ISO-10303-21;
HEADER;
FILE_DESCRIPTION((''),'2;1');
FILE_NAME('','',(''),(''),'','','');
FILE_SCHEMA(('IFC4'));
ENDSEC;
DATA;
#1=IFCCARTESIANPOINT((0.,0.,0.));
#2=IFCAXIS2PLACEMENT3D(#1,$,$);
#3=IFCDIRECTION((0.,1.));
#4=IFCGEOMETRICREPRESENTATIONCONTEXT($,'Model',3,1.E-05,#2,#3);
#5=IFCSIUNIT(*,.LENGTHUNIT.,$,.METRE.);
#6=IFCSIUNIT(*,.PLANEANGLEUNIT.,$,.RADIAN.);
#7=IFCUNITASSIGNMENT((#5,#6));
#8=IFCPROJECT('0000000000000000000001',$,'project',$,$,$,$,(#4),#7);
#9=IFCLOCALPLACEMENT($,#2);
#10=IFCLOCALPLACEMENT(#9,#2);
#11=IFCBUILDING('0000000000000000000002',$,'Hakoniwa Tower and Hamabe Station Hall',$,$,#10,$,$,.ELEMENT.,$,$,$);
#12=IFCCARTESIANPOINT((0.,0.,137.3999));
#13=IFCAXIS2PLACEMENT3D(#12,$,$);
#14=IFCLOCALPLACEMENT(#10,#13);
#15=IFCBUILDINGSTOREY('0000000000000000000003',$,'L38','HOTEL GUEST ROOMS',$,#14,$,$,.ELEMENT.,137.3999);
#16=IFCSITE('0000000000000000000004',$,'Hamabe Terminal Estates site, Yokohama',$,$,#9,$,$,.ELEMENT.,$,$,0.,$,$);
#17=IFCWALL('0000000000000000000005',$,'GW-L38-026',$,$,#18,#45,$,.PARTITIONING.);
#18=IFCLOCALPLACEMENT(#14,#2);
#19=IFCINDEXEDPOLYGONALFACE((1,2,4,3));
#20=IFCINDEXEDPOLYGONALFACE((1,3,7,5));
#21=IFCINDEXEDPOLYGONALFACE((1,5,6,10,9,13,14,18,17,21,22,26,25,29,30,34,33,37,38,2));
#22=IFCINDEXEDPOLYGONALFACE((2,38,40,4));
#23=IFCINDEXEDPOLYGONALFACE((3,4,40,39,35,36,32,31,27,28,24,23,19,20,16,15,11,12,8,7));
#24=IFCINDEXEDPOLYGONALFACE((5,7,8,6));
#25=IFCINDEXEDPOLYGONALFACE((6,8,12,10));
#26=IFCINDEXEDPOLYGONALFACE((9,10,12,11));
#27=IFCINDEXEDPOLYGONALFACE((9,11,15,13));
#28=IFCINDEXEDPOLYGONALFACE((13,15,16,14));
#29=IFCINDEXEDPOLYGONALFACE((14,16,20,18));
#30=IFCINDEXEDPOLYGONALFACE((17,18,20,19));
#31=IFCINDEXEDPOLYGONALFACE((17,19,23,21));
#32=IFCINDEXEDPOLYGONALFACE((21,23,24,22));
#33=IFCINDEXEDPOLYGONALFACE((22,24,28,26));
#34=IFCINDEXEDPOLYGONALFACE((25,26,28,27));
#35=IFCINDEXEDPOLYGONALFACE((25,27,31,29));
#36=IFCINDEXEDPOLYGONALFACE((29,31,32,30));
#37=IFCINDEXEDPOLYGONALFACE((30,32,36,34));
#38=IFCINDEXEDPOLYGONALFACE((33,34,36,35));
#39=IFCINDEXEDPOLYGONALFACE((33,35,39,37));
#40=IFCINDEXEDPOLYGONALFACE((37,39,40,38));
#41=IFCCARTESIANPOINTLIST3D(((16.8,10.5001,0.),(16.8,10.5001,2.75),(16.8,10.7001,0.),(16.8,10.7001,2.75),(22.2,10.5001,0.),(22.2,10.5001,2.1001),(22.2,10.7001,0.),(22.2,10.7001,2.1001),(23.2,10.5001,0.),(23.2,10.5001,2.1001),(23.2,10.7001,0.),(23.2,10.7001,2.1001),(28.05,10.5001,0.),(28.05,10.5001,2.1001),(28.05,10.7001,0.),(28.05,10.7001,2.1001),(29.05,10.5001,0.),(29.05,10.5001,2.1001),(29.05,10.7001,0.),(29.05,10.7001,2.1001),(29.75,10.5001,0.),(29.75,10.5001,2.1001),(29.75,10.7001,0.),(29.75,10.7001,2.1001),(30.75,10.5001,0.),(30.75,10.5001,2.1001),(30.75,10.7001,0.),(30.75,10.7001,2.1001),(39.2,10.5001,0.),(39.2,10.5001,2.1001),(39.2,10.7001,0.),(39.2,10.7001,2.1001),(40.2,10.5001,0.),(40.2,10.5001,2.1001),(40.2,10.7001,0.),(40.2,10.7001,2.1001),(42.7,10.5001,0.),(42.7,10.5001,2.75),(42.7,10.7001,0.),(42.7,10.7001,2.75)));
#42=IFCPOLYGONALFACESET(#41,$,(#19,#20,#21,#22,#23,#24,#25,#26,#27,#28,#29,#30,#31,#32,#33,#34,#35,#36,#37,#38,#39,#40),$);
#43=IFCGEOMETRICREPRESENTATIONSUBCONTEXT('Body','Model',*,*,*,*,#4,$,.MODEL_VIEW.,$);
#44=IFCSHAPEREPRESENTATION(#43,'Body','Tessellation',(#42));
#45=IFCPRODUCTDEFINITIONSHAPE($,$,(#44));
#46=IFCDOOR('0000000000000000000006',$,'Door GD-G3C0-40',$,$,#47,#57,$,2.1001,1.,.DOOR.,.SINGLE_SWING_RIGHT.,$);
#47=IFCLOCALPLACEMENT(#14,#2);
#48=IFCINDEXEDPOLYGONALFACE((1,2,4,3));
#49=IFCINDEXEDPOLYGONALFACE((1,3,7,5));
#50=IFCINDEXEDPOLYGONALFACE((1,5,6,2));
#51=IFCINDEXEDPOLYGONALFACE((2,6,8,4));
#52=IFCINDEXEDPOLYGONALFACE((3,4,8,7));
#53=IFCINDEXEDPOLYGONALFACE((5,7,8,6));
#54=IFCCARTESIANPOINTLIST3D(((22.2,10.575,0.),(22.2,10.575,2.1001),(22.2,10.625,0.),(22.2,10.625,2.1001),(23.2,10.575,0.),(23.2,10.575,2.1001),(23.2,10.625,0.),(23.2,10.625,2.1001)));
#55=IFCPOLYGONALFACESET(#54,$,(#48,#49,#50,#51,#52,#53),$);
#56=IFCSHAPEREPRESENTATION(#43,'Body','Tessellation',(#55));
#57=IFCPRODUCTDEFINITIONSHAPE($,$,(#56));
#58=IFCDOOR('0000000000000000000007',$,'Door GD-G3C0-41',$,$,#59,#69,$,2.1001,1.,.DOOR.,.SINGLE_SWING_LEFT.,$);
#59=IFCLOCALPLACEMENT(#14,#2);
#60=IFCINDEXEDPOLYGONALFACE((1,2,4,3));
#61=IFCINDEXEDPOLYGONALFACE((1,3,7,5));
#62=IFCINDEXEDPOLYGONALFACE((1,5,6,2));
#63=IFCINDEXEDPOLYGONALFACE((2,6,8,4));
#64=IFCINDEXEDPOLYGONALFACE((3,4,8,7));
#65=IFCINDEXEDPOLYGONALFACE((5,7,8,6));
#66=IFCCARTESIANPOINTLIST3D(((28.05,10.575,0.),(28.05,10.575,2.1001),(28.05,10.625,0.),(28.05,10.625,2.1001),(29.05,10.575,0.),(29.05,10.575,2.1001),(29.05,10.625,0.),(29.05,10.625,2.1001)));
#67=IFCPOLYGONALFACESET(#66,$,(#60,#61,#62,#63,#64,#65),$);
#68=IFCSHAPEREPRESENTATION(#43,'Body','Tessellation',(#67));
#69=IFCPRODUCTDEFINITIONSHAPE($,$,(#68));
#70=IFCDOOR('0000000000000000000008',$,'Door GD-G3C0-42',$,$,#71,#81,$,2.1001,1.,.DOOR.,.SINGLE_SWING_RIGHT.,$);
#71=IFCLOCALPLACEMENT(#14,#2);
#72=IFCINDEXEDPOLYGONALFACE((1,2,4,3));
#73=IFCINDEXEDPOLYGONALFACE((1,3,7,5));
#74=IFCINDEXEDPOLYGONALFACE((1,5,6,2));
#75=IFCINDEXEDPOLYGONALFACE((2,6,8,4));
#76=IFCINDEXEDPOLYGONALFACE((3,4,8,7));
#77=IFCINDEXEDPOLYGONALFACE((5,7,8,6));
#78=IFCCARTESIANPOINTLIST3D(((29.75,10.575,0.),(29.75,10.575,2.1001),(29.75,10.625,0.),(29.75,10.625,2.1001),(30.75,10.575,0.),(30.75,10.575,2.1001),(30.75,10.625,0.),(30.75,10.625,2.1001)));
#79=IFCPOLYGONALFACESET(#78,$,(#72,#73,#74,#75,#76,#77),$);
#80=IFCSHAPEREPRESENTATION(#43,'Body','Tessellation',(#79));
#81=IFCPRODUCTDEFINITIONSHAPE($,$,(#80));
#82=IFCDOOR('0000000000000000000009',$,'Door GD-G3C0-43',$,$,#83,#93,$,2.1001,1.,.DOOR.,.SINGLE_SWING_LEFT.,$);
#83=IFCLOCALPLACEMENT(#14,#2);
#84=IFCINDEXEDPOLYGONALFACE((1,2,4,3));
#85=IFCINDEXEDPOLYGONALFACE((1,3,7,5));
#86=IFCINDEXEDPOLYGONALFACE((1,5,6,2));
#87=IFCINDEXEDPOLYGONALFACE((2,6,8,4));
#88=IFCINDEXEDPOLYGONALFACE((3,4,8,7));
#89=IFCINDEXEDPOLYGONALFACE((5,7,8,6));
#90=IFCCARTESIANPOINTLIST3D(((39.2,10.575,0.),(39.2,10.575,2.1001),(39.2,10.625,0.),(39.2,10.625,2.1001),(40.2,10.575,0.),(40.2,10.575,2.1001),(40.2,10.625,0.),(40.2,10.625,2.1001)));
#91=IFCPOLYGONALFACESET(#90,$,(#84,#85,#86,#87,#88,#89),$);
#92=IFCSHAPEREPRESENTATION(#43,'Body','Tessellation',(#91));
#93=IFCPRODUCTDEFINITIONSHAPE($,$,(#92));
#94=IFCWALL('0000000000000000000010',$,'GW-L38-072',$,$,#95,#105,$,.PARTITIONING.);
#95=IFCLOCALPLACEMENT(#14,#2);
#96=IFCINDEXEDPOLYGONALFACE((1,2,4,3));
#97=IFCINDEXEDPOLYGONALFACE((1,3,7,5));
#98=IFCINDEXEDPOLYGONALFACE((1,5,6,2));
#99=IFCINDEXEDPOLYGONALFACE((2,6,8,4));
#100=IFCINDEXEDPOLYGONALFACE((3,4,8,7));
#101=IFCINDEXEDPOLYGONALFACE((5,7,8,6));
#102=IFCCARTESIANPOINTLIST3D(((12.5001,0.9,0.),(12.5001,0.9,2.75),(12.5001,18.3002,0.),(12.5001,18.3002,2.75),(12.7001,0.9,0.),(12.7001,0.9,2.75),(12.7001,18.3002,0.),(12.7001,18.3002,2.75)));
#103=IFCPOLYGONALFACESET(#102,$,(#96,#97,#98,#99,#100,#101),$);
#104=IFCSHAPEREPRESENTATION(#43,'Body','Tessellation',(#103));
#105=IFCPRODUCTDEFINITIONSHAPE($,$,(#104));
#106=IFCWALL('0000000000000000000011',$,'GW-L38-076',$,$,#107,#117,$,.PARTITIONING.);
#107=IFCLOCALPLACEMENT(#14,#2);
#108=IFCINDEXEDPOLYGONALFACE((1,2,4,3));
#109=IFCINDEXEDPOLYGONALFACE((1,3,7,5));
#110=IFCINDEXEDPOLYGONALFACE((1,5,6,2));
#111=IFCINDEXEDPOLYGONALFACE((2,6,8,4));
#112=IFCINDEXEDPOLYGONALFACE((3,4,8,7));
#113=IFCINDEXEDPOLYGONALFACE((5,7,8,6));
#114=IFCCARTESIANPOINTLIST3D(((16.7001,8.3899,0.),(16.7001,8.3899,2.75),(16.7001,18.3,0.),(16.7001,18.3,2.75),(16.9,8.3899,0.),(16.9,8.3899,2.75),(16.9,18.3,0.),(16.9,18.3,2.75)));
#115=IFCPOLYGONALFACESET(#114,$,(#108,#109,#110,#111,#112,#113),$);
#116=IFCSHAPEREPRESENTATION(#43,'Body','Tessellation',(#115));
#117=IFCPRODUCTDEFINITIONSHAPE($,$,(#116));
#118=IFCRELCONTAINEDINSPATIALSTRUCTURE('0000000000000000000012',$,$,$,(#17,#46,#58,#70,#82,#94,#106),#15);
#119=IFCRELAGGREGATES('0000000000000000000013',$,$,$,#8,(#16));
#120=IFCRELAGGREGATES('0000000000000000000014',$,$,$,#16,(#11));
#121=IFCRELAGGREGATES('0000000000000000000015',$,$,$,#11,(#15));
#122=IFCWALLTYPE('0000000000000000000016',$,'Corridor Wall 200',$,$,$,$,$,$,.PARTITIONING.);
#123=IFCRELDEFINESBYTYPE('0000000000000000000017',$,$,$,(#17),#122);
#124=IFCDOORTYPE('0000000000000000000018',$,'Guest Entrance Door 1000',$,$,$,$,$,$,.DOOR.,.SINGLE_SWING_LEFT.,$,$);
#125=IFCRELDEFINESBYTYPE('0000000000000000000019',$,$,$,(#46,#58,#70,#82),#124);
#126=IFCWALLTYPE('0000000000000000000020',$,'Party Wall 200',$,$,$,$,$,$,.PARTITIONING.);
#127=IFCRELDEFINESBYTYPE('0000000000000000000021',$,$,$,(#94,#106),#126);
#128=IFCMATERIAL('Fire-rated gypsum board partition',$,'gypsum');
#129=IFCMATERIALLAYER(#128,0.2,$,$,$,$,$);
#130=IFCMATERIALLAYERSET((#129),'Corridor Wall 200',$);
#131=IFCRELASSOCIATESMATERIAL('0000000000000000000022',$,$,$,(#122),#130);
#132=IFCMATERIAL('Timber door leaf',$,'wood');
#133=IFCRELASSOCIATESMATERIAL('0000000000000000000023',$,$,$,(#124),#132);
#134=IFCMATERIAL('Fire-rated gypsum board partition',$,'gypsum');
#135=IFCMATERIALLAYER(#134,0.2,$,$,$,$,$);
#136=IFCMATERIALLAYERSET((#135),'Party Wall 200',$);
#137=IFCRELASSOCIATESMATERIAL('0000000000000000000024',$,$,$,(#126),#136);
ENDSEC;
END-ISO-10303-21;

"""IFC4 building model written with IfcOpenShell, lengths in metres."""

from ifc_helpers import new_model, si_unit, direction, frame, frame_2d, origin, place, context, subcontext, project, spatial, rectangle, extrude, material, layer, layer_set, type_object, element, fill, save


model = new_model("IFC4")

# Units and contexts
model_context = context("Model", 3, precision=1e-05, world=origin(), true_north=direction((0.0, 1.0)))
body_context = subcontext(model_context, "Body", "Model", "MODEL_VIEW")
ifc_project = project(units=[si_unit("LENGTHUNIT", "METRE"), si_unit("PLANEANGLEUNIT", "RADIAN")], contexts=[model_context])

# Site, building, storey
site_placement = place(None, origin())
site = spatial("IfcSite", under=ifc_project, at=site_placement, Name="Hamabe Terminal Estates site, Yokohama", CompositionType="ELEMENT", RefElevation=0.0)
building_placement = place(site_placement, origin())
building = spatial("IfcBuilding", under=site, at=building_placement, Name="Hakoniwa Tower and Hamabe Station Hall", CompositionType="ELEMENT")
storey_placement = place(building_placement, frame((0.0, 0.0, 137.3999)))
storey = spatial("IfcBuildingStorey", under=building, at=storey_placement, Name="L38", Description="HOTEL GUEST ROOMS", CompositionType="ELEMENT", Elevation=137.3999)

# Wall, openings, doors
ifc_material_1 = material(Name="Fire-rated gypsum board partition", Category="gypsum")
ifc_layer_1 = layer(ifc_material_1, 0.2)
ifc_layer_set_1 = layer_set([ifc_layer_1], Name="Corridor Wall 200")
wall_type_1 = type_object("IfcWallType", Name="Corridor Wall 200", PredefinedType="PARTITIONING", material=ifc_layer_set_1)
wall_1_placement = place(storey_placement, frame((16.8, 10.6001, 0.0), z_axis=(0.0, 0.0, 1.0), x_axis=(1.0, 0.0, 0.0)))
wall_1 = element("IfcWall", 1, at=wall_1_placement, inside=storey, type_object=wall_type_1, Name="GW-L38-026", PredefinedType="PARTITIONING", context=body_context, shape_type="SweptSolid", body=[
    extrude(rectangle(XDim=25.8999, YDim=0.2, at=frame_2d((12.95, 0.0))), origin(), (0.0, 0.0, 1.0), 2.75),
])
opening_1_placement = place(wall_1_placement, frame((5.3999, 0.0, 0.0)))
opening_1 = element("IfcOpeningElement", 2, at=opening_1_placement, cuts=wall_1, PredefinedType="OPENING", context=body_context, shape_type="SweptSolid", body=[
    extrude(rectangle(XDim=1.0, YDim=2.1001, at=frame_2d((0.5, 1.05))), frame((0.0, 0.1099, 0.0), z_axis=(0.0, -1.0, 0.0), x_axis=(1.0, 0.0, 0.0)), (0.0, 0.0, 1.0), 0.22),
])
opening_2_placement = place(wall_1_placement, frame((11.25, 0.0, 0.0)))
opening_2 = element("IfcOpeningElement", 3, at=opening_2_placement, cuts=wall_1, PredefinedType="OPENING", context=body_context, shape_type="SweptSolid", body=[
    extrude(rectangle(XDim=1.0, YDim=2.1001, at=frame_2d((0.5, 1.05))), frame((0.0, 0.1099, 0.0), z_axis=(0.0, -1.0, 0.0), x_axis=(1.0, 0.0, 0.0)), (0.0, 0.0, 1.0), 0.22),
])
opening_3_placement = place(wall_1_placement, frame((12.95, 0.0, 0.0)))
opening_3 = element("IfcOpeningElement", 4, at=opening_3_placement, cuts=wall_1, PredefinedType="OPENING", context=body_context, shape_type="SweptSolid", body=[
    extrude(rectangle(XDim=1.0, YDim=2.1001, at=frame_2d((0.5, 1.05))), frame((0.0, 0.1099, 0.0), z_axis=(0.0, -1.0, 0.0), x_axis=(1.0, 0.0, 0.0)), (0.0, 0.0, 1.0), 0.22),
])
opening_4_placement = place(wall_1_placement, frame((22.3999, 0.0, 0.0)))
opening_4 = element("IfcOpeningElement", 5, at=opening_4_placement, cuts=wall_1, PredefinedType="OPENING", context=body_context, shape_type="SweptSolid", body=[
    extrude(rectangle(XDim=1.0, YDim=2.1001, at=frame_2d((0.5, 1.05))), frame((0.0, 0.1099, 0.0), z_axis=(0.0, -1.0, 0.0), x_axis=(1.0, 0.0, 0.0)), (0.0, 0.0, 1.0), 0.22),
])
ifc_material_2 = material(Name="Timber door leaf", Category="wood")
door_type_1 = type_object("IfcDoorType", Name="Guest Entrance Door 1000", OperationType="SINGLE_SWING_LEFT", PredefinedType="DOOR", material=ifc_material_2)
door_1_placement = place(opening_1_placement, origin())
door_1 = element("IfcDoor", 6, at=door_1_placement, inside=storey, type_object=door_type_1, Name="Door GD-G3C0-40", OperationType="SINGLE_SWING_RIGHT", OverallHeight=2.1001, OverallWidth=1.0, PredefinedType="DOOR", context=body_context, shape_type="SweptSolid", body=[
    extrude(rectangle(XDim=1.0, YDim=2.1001, at=frame_2d((0.5, 1.05))), frame((0.0, 0.0249, 0.0), z_axis=(0.0, -1.0, 0.0), x_axis=(1.0, 0.0, 0.0)), (0.0, 0.0, 1.0), 0.05),
])
fill(opening_1, door_1)
door_2_placement = place(opening_2_placement, origin())
door_2 = element("IfcDoor", 7, at=door_2_placement, inside=storey, type_object=door_type_1, Name="Door GD-G3C0-41", OperationType="SINGLE_SWING_LEFT", OverallHeight=2.1001, OverallWidth=1.0, PredefinedType="DOOR", context=body_context, shape_type="SweptSolid", body=[
    extrude(rectangle(XDim=1.0, YDim=2.1001, at=frame_2d((0.5, 1.05))), frame((0.0, 0.0249, 0.0), z_axis=(0.0, -1.0, 0.0), x_axis=(1.0, 0.0, 0.0)), (0.0, 0.0, 1.0), 0.05),
])
fill(opening_2, door_2)
door_3_placement = place(opening_3_placement, origin())
door_3 = element("IfcDoor", 8, at=door_3_placement, inside=storey, type_object=door_type_1, Name="Door GD-G3C0-42", OperationType="SINGLE_SWING_RIGHT", OverallHeight=2.1001, OverallWidth=1.0, PredefinedType="DOOR", context=body_context, shape_type="SweptSolid", body=[
    extrude(rectangle(XDim=1.0, YDim=2.1001, at=frame_2d((0.5, 1.05))), frame((0.0, 0.0249, 0.0), z_axis=(0.0, -1.0, 0.0), x_axis=(1.0, 0.0, 0.0)), (0.0, 0.0, 1.0), 0.05),
])
fill(opening_3, door_3)
door_4_placement = place(opening_4_placement, origin())
door_4 = element("IfcDoor", 9, at=door_4_placement, inside=storey, type_object=door_type_1, Name="Door GD-G3C0-43", OperationType="SINGLE_SWING_LEFT", OverallHeight=2.1001, OverallWidth=1.0, PredefinedType="DOOR", context=body_context, shape_type="SweptSolid", body=[
    extrude(rectangle(XDim=1.0, YDim=2.1001, at=frame_2d((0.5, 1.05))), frame((0.0, 0.0249, 0.0), z_axis=(0.0, -1.0, 0.0), x_axis=(1.0, 0.0, 0.0)), (0.0, 0.0, 1.0), 0.05),
])
fill(opening_4, door_4)

# Walls
ifc_material_3 = material(Name="Fire-rated gypsum board partition", Category="gypsum")
ifc_layer_2 = layer(ifc_material_3, 0.2)
ifc_layer_set_2 = layer_set([ifc_layer_2], Name="Party Wall 200")
wall_type_2 = type_object("IfcWallType", Name="Party Wall 200", PredefinedType="PARTITIONING", material=ifc_layer_set_2)
wall_2_placement = place(storey_placement, frame((12.6001, 0.8999, 0.0), z_axis=(0.0, 0.0, 1.0), x_axis=(0.0, 1.0, 0.0)))
element("IfcWall", 10, at=wall_2_placement, inside=storey, type_object=wall_type_2, Name="GW-L38-072", PredefinedType="PARTITIONING", context=body_context, shape_type="SweptSolid", body=[
    extrude(rectangle(XDim=17.4001, YDim=0.2, at=frame_2d((8.7002, 0.0))), origin(), (0.0, 0.0, 1.0), 2.75),
])
wall_3_placement = place(storey_placement, frame((16.8, 8.3899, 0.0), z_axis=(0.0, 0.0, 1.0), x_axis=(0.0, 1.0, 0.0)))
element("IfcWall", 11, at=wall_3_placement, inside=storey, type_object=wall_type_2, Name="GW-L38-076", PredefinedType="PARTITIONING", context=body_context, shape_type="SweptSolid", body=[
    extrude(rectangle(XDim=9.9102, YDim=0.2, at=frame_2d((4.9551, 0.0))), origin(), (0.0, 0.0, 1.0), 2.75),
])

save(model, "model.ifc")
